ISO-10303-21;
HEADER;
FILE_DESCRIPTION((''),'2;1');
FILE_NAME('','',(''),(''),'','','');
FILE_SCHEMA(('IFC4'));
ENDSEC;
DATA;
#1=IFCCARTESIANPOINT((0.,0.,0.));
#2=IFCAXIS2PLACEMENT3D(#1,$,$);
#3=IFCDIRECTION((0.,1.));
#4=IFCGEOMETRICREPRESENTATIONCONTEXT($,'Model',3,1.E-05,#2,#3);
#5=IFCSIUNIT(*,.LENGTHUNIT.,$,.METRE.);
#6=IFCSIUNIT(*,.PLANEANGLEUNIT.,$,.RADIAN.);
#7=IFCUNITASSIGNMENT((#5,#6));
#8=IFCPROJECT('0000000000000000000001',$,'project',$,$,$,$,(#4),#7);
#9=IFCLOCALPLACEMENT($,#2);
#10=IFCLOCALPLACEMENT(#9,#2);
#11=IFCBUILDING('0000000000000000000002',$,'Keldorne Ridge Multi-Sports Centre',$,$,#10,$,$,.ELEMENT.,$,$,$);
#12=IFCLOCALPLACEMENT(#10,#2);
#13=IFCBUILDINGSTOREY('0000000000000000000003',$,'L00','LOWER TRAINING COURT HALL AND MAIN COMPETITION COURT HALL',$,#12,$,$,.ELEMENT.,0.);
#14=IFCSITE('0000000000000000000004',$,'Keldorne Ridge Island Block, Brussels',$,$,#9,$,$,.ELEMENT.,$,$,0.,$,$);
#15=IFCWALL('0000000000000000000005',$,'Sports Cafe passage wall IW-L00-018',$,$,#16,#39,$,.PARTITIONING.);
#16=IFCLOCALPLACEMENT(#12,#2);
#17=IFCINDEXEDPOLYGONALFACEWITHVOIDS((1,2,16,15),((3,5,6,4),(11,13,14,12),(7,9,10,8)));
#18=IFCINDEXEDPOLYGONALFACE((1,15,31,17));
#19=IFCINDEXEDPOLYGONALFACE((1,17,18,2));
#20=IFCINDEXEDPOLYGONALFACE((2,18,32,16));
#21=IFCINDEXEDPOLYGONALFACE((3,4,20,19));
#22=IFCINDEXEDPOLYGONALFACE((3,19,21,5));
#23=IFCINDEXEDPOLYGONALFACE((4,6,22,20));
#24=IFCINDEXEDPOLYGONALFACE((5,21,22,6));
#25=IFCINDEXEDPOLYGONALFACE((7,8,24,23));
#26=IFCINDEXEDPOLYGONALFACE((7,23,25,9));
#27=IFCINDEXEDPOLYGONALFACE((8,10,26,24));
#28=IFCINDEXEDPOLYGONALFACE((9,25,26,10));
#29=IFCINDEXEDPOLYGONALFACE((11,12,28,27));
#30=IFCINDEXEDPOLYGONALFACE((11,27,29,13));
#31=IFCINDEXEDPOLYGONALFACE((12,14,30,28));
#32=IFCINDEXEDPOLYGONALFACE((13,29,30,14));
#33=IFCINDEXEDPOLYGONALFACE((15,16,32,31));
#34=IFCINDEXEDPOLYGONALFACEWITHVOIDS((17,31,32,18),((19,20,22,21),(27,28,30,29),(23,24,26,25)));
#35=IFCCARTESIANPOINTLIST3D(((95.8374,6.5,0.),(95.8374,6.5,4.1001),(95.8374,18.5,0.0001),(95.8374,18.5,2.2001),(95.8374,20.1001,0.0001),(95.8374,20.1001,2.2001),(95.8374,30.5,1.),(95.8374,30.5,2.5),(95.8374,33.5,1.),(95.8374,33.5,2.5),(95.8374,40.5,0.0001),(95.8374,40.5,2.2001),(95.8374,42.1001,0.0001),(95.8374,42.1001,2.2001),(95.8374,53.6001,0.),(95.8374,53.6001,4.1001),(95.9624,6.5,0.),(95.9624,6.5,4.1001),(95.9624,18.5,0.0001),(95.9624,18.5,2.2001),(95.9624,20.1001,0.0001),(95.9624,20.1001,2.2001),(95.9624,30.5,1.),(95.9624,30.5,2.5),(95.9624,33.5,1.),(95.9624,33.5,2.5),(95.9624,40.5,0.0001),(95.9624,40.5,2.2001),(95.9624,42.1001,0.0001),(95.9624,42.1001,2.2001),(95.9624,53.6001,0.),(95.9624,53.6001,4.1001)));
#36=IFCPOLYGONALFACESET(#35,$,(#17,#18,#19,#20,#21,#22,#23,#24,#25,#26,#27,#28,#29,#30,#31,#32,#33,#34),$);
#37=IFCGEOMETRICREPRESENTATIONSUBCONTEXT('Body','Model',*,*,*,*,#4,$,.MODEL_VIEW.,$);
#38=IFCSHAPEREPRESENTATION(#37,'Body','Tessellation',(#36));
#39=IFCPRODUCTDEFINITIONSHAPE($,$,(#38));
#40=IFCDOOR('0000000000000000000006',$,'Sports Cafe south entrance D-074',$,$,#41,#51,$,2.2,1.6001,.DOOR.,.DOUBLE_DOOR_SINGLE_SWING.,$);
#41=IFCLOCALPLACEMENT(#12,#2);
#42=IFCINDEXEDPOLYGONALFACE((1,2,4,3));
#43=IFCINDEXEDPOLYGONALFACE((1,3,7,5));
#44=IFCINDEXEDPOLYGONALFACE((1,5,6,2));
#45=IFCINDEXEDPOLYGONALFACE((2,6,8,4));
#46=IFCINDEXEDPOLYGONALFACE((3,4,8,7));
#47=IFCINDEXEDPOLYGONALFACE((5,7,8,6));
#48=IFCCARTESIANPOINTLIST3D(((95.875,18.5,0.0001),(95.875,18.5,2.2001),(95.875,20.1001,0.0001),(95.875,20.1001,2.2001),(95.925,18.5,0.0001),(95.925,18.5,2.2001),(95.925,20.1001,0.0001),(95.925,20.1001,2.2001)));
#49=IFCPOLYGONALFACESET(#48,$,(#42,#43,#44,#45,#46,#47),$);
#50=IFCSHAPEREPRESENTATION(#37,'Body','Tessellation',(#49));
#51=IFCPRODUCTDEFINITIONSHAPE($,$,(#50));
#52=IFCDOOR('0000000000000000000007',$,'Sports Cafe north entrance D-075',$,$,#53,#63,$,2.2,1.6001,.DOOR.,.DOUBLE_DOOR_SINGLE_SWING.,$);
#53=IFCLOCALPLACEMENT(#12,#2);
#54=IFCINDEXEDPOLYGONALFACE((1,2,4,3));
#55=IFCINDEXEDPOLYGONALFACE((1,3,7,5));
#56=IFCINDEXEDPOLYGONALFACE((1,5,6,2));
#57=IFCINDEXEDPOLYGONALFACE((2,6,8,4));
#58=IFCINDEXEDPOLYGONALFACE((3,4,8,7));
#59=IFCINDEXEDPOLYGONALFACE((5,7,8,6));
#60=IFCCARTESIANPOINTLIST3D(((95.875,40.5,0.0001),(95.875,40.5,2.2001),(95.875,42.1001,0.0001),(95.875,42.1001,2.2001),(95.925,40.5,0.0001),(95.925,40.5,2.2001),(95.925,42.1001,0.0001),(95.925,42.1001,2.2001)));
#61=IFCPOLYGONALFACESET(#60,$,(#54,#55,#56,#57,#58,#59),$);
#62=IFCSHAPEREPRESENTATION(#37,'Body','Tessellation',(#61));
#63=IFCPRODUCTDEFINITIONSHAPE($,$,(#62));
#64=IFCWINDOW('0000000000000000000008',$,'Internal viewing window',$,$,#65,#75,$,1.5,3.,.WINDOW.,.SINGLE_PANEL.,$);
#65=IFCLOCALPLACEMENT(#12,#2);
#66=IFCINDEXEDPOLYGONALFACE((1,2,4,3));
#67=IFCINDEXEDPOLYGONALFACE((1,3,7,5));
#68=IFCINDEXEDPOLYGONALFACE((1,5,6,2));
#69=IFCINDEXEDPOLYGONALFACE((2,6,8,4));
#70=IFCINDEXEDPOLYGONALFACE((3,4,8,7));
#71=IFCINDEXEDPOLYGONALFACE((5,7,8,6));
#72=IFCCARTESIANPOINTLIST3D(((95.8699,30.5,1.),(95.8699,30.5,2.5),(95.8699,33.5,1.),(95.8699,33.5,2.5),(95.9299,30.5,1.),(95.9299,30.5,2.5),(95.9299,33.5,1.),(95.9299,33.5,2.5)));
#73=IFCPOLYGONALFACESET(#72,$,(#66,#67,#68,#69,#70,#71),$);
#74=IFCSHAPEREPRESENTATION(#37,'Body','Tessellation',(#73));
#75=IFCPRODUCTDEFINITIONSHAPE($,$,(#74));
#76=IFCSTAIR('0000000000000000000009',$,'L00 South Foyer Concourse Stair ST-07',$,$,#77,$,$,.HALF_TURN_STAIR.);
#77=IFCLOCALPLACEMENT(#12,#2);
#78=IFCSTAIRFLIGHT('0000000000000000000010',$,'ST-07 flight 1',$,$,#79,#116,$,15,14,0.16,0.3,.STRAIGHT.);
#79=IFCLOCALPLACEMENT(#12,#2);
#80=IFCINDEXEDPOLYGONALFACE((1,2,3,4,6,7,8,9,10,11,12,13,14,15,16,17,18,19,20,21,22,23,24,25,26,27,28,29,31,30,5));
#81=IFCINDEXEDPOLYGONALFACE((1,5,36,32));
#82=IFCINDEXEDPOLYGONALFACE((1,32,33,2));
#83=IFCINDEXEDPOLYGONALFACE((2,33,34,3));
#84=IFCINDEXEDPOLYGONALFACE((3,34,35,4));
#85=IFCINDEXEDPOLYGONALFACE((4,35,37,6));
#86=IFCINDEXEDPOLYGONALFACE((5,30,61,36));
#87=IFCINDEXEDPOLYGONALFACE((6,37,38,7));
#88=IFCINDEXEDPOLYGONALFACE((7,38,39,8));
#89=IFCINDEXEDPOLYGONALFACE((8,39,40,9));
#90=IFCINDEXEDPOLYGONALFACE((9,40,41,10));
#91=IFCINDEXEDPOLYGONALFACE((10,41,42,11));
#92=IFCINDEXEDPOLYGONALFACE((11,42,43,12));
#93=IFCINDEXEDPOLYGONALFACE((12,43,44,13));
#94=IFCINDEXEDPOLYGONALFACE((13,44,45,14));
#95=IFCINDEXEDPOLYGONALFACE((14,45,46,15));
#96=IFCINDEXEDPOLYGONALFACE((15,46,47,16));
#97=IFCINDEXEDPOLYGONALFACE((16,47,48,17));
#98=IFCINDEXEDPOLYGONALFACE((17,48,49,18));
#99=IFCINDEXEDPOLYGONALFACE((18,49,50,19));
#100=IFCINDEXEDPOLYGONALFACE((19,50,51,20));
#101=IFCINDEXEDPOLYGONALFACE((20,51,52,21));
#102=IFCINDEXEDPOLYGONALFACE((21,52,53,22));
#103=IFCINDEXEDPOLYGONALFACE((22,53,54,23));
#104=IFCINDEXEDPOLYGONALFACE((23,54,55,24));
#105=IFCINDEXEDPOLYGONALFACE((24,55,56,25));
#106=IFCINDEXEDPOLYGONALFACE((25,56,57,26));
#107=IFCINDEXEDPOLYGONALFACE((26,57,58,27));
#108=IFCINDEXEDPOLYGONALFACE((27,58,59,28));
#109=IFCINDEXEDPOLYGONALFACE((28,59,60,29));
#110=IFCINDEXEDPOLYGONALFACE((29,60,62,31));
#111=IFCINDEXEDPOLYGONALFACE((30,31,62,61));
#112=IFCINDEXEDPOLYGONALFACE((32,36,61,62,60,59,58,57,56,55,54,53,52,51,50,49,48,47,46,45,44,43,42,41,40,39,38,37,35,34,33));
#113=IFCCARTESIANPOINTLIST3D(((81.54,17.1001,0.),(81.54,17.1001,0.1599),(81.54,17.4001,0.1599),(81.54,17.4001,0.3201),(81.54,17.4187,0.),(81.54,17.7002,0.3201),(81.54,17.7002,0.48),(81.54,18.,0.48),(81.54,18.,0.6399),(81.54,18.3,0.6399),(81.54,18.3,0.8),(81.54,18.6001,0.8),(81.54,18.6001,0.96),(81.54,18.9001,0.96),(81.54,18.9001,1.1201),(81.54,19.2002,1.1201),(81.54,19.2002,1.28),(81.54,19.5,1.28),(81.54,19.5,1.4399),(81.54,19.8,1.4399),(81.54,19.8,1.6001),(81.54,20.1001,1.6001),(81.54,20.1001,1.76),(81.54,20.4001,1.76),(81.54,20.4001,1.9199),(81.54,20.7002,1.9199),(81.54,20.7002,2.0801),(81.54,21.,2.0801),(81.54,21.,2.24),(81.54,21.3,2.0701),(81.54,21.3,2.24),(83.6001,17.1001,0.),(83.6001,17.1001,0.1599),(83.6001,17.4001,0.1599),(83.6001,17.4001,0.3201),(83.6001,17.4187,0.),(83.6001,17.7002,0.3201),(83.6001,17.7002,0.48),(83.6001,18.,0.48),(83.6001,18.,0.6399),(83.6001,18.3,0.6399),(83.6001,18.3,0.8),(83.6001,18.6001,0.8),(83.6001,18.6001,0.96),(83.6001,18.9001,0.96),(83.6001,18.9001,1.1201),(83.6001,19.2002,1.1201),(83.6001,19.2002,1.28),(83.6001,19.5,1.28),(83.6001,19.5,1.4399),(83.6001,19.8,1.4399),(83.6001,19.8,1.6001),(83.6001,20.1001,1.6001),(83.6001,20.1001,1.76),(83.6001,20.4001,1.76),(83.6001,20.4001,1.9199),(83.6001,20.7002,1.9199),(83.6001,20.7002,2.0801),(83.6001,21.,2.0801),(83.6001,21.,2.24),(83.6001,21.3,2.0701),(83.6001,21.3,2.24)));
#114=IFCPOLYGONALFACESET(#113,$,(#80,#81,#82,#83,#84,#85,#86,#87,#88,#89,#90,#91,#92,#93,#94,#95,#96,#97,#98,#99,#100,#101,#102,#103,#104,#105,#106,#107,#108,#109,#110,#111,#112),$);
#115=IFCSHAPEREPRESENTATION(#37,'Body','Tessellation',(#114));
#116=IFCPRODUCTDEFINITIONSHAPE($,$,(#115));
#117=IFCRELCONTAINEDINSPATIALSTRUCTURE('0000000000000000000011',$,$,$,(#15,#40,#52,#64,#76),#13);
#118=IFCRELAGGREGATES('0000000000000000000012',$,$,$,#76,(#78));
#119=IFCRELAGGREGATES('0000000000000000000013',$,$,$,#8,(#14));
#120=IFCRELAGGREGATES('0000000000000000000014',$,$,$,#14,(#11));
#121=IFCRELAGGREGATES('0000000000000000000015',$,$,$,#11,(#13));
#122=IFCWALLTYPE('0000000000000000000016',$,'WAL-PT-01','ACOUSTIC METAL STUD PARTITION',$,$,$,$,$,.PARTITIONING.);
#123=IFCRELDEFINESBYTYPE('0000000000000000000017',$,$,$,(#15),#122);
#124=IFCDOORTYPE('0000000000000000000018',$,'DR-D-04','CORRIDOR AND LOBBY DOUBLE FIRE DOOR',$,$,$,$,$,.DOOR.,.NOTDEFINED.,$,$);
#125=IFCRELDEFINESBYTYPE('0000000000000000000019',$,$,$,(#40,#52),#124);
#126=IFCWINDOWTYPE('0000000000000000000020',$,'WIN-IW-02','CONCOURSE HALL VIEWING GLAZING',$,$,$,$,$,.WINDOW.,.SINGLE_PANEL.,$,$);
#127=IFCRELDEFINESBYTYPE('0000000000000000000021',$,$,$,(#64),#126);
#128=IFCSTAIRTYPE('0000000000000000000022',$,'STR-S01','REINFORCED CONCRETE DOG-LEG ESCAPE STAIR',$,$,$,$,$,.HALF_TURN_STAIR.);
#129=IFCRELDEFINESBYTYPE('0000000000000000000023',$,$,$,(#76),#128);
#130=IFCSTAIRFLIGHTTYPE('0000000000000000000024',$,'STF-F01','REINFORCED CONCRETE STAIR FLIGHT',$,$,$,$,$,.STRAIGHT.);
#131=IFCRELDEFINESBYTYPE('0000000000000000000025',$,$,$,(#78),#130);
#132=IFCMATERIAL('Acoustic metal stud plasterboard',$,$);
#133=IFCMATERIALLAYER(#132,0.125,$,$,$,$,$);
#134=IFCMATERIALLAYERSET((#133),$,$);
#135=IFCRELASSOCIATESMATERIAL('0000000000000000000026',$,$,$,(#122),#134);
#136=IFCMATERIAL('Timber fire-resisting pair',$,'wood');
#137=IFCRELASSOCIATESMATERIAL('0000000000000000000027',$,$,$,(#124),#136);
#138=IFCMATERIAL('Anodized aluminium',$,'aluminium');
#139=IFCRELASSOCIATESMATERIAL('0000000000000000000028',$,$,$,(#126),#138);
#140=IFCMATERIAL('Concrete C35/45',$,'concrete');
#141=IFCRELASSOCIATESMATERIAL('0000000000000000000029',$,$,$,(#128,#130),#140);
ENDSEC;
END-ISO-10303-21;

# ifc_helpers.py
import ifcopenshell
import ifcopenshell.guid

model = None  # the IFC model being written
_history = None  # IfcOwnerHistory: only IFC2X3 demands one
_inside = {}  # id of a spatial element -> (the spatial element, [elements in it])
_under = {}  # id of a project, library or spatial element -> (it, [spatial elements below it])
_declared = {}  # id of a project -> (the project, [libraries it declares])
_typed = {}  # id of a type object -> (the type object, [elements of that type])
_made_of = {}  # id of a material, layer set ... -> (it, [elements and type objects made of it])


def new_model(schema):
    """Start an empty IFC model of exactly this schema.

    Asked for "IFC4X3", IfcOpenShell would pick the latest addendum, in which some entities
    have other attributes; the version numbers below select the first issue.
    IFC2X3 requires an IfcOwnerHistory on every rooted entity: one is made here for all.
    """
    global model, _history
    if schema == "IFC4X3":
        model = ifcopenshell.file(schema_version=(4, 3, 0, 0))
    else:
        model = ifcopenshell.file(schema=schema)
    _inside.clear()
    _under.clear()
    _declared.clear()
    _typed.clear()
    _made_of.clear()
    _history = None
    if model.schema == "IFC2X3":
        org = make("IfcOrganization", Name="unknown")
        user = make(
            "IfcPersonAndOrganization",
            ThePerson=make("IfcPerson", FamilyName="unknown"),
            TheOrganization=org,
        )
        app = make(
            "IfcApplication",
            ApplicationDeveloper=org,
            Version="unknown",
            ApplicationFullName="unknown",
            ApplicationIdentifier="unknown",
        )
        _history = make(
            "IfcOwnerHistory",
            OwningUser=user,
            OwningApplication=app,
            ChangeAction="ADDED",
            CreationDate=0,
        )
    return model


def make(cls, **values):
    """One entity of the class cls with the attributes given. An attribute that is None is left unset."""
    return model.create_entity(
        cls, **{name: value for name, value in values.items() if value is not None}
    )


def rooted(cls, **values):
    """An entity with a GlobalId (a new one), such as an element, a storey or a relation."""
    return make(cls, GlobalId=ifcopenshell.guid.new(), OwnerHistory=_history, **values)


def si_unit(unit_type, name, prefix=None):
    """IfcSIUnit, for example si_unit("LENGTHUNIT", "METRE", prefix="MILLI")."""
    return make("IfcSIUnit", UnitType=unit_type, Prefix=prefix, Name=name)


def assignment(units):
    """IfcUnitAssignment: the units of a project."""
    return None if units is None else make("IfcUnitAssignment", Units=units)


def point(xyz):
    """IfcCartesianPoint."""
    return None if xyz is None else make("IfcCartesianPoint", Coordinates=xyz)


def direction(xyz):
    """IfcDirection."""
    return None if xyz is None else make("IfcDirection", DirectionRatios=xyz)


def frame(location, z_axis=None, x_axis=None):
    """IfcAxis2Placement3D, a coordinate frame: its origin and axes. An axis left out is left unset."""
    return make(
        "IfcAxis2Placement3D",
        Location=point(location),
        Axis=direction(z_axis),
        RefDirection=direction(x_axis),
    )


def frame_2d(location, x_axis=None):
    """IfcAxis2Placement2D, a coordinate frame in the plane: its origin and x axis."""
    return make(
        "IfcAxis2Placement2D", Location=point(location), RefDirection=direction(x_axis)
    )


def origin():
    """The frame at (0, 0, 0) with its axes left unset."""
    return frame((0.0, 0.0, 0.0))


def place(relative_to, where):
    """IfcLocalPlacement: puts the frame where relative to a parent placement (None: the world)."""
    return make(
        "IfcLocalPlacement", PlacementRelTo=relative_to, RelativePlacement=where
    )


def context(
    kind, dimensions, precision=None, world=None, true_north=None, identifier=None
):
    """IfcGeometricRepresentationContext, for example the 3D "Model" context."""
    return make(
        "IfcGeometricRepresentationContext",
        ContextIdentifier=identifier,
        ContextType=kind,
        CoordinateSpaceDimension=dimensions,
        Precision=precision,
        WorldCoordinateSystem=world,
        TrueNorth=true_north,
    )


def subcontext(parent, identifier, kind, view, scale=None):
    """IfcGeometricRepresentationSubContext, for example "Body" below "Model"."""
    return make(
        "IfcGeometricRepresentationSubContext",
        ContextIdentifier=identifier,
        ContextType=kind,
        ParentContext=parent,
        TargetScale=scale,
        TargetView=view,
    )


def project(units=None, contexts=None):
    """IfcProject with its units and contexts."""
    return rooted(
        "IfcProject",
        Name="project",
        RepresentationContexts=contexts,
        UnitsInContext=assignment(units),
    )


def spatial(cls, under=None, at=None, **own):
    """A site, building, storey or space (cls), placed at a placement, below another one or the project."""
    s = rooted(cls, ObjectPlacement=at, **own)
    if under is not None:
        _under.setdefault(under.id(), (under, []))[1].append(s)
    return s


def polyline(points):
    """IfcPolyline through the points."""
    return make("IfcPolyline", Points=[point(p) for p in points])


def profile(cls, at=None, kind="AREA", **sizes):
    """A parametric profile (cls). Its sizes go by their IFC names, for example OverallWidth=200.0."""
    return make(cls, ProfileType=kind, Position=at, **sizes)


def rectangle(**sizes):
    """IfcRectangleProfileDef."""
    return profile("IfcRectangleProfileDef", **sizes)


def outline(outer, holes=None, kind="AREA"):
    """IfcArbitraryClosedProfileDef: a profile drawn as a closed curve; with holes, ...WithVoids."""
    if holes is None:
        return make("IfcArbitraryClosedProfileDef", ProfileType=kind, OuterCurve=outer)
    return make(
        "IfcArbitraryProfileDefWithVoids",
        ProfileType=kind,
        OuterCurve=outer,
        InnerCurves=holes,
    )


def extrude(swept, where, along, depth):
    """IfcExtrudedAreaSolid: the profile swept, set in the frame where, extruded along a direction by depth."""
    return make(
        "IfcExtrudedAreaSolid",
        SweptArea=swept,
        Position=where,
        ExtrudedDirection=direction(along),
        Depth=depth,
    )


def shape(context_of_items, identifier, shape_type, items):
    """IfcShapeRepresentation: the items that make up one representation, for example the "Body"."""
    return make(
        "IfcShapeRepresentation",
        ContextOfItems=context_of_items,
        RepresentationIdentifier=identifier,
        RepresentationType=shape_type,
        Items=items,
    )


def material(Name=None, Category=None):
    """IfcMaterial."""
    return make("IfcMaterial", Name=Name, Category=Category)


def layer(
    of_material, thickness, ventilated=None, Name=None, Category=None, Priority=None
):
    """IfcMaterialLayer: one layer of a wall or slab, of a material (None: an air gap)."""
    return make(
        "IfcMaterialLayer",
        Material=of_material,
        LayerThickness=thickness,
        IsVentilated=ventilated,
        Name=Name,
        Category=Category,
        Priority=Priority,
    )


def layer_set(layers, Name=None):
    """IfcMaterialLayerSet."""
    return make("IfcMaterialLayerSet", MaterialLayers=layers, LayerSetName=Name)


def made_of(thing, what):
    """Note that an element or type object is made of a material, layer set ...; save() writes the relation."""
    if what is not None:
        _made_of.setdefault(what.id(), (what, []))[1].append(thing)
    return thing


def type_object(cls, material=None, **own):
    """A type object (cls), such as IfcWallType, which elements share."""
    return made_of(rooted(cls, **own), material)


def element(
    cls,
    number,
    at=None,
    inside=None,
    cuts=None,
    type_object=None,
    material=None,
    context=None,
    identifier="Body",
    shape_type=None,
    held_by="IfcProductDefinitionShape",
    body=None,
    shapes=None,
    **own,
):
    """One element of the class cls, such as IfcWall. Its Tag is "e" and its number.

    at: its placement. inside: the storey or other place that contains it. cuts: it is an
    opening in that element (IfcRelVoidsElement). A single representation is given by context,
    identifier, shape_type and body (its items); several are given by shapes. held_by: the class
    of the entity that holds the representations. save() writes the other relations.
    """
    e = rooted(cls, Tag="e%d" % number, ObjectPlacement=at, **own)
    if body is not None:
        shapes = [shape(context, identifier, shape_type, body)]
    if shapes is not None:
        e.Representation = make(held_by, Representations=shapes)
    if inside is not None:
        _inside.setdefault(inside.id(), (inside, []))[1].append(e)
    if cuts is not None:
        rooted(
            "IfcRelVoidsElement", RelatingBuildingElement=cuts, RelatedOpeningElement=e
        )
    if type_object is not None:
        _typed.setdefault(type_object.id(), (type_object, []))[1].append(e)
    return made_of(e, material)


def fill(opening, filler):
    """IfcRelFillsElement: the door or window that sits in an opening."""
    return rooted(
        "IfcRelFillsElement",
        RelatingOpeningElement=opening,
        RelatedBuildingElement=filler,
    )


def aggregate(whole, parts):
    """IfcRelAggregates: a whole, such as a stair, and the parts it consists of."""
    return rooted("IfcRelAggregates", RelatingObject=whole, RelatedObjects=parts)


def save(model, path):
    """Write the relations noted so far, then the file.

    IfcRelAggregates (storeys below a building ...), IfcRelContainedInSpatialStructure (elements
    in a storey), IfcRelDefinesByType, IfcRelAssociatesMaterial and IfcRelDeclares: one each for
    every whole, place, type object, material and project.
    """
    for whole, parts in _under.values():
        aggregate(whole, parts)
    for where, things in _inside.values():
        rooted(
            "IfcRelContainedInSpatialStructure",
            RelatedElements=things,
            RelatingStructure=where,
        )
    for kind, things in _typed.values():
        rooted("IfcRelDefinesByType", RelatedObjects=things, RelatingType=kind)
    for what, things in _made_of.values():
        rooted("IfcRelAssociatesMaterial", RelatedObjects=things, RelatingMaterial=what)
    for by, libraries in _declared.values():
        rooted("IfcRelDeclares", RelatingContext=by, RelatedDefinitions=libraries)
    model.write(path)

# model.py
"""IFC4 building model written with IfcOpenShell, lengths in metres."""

from ifc_helpers import new_model, si_unit, direction, frame, frame_2d, origin, place, context, subcontext, project, spatial, polyline, rectangle, outline, extrude, material, layer, layer_set, type_object, element, fill, aggregate, save


model = new_model("IFC4")

# Units and contexts
model_context = context("Model", 3, precision=1e-05, world=origin(), true_north=direction((0.0, 1.0)))
body_context = subcontext(model_context, "Body", "Model", "MODEL_VIEW")
ifc_project = project(units=[si_unit("LENGTHUNIT", "METRE"), si_unit("PLANEANGLEUNIT", "RADIAN")], contexts=[model_context])

# Site, building, storey
site_placement = place(None, origin())
site = spatial("IfcSite", under=ifc_project, at=site_placement, Name="Keldorne Ridge Island Block, Brussels", CompositionType="ELEMENT", RefElevation=0.0)
building_placement = place(site_placement, origin())
building = spatial("IfcBuilding", under=site, at=building_placement, Name="Keldorne Ridge Multi-Sports Centre", CompositionType="ELEMENT")
storey_placement = place(building_placement, origin())
storey = spatial("IfcBuildingStorey", under=building, at=storey_placement, Name="L00", Description="LOWER TRAINING COURT HALL AND MAIN COMPETITION COURT HALL", CompositionType="ELEMENT", Elevation=0.0)

# Shared definitions
ifc_material_1 = material(Name="Concrete C35/45", Category="concrete")

# Wall, openings, doors, window
ifc_material_2 = material(Name="Acoustic metal stud plasterboard")
ifc_layer_1 = layer(ifc_material_2, 0.125)
ifc_layer_set_1 = layer_set([ifc_layer_1])
wall_type = type_object("IfcWallType", Name="WAL-PT-01", Description="ACOUSTIC METAL STUD PARTITION", PredefinedType="PARTITIONING", material=ifc_layer_set_1)
wall_placement = place(storey_placement, frame((95.8999, 6.5, 0.0), z_axis=(0.0, 0.0, 1.0), x_axis=(0.0, 1.0, 0.0)))
wall = element("IfcWall", 1, at=wall_placement, inside=storey, type_object=wall_type, Name="Sports Cafe passage wall IW-L00-018", PredefinedType="PARTITIONING", context=body_context, shape_type="SweptSolid", body=[
    extrude(rectangle(XDim=47.1001, YDim=0.125, at=frame_2d((23.55, 0.0))), origin(), (0.0, 0.0, 1.0), 4.1001),
])
opening_1_placement = place(wall_placement, frame((12.0, 0.0, 0.0)))
opening_1 = element("IfcOpeningElement", 2, at=opening_1_placement, cuts=wall, PredefinedType="OPENING", context=body_context, shape_type="SweptSolid", body=[
    extrude(rectangle(XDim=1.6001, YDim=2.2, at=frame_2d((0.8, 1.1001))), frame((0.0, 0.0725, 0.0), z_axis=(0.0, -1.0, 0.0), x_axis=(1.0, 0.0, 0.0)), (0.0, 0.0, 1.0), 0.145),
])
opening_2_placement = place(wall_placement, frame((34.0, 0.0, 0.0)))
opening_2 = element("IfcOpeningElement", 3, at=opening_2_placement, cuts=wall, PredefinedType="OPENING", context=body_context, shape_type="SweptSolid", body=[
    extrude(rectangle(XDim=1.6001, YDim=2.2, at=frame_2d((0.8, 1.1001))), frame((0.0, 0.0725, 0.0), z_axis=(0.0, -1.0, 0.0), x_axis=(1.0, 0.0, 0.0)), (0.0, 0.0, 1.0), 0.145),
])
opening_3_placement = place(wall_placement, frame((24.0, 0.0, 1.0)))
opening_3 = element("IfcOpeningElement", 4, at=opening_3_placement, cuts=wall, PredefinedType="OPENING", context=body_context, shape_type="SweptSolid", body=[
    extrude(rectangle(XDim=3.0, YDim=1.5, at=frame_2d((1.5, 0.75))), frame((0.0, 0.0725, 0.0), z_axis=(0.0, -1.0, 0.0), x_axis=(1.0, 0.0, 0.0)), (0.0, 0.0, 1.0), 0.145),
])
ifc_material_3 = material(Name="Timber fire-resisting pair", Category="wood")
door_type = type_object("IfcDoorType", Name="DR-D-04", Description="CORRIDOR AND LOBBY DOUBLE FIRE DOOR", OperationType="NOTDEFINED", PredefinedType="DOOR", material=ifc_material_3)
door_1_placement = place(opening_1_placement, origin())
door_1 = element("IfcDoor", 5, at=door_1_placement, inside=storey, type_object=door_type, Name="Sports Cafe south entrance D-074", OperationType="DOUBLE_DOOR_SINGLE_SWING", OverallHeight=2.2, OverallWidth=1.6001, PredefinedType="DOOR", context=body_context, shape_type="SweptSolid", body=[
    extrude(rectangle(XDim=1.6001, YDim=2.2, at=frame_2d((0.8, 1.1001))), frame((0.0, 0.0249, 0.0), z_axis=(0.0, -1.0, 0.0), x_axis=(1.0, 0.0, 0.0)), (0.0, 0.0, 1.0), 0.05),
])
fill(opening_1, door_1)
door_2_placement = place(opening_2_placement, origin())
door_2 = element("IfcDoor", 6, at=door_2_placement, inside=storey, type_object=door_type, Name="Sports Cafe north entrance D-075", OperationType="DOUBLE_DOOR_SINGLE_SWING", OverallHeight=2.2, OverallWidth=1.6001, PredefinedType="DOOR", context=body_context, shape_type="SweptSolid", body=[
    extrude(rectangle(XDim=1.6001, YDim=2.2, at=frame_2d((0.8, 1.1001))), frame((0.0, 0.0249, 0.0), z_axis=(0.0, -1.0, 0.0), x_axis=(1.0, 0.0, 0.0)), (0.0, 0.0, 1.0), 0.05),
])
fill(opening_2, door_2)
ifc_material_4 = material(Name="Anodized aluminium", Category="aluminium")
window_type = type_object("IfcWindowType", Name="WIN-IW-02", Description="CONCOURSE HALL VIEWING GLAZING", PartitioningType="SINGLE_PANEL", PredefinedType="WINDOW", material=ifc_material_4)
window_placement = place(opening_3_placement, origin())
window = element("IfcWindow", 7, at=window_placement, inside=storey, type_object=window_type, Name="Internal viewing window", OverallHeight=1.5, OverallWidth=3.0, PartitioningType="SINGLE_PANEL", PredefinedType="WINDOW", context=body_context, shape_type="SweptSolid", body=[
    extrude(rectangle(XDim=3.0, YDim=1.5, at=frame_2d((1.5, 0.75))), frame((0.0, 0.03, 0.0), z_axis=(0.0, -1.0, 0.0), x_axis=(1.0, 0.0, 0.0)), (0.0, 0.0, 1.0), 0.0601),
])
fill(opening_3, window)

# Stair, stair flight
stair_type = type_object("IfcStairType", Name="STR-S01", Description="REINFORCED CONCRETE DOG-LEG ESCAPE STAIR", PredefinedType="HALF_TURN_STAIR", material=ifc_material_1)
stair_placement = place(storey_placement, origin())
stair = element("IfcStair", 8, at=stair_placement, inside=storey, type_object=stair_type, Name="L00 South Foyer Concourse Stair ST-07", PredefinedType="HALF_TURN_STAIR")
stair_flight_type = type_object("IfcStairFlightType", Name="STF-F01", Description="REINFORCED CONCRETE STAIR FLIGHT", PredefinedType="STRAIGHT", material=ifc_material_1)
stair_flight_placement = place(storey_placement, frame((82.5701, 17.1001, 0.0), z_axis=(0.0, 0.0, 1.0), x_axis=(0.0, 1.0, 0.0)))
stair_flight = element("IfcStairFlight", 9, at=stair_flight_placement, type_object=stair_flight_type, Name="ST-07 flight 1", NumberOfRisers=15, NumberOfTreads=14, PredefinedType="STRAIGHT", RiserHeight=0.16, TreadLength=0.3, context=body_context, shape_type="SweptSolid", body=[
    extrude(outline(polyline([(0.0, 0.0), (0.0, 0.1599), (0.3, 0.1599), (0.3, 0.3201), (0.6001, 0.3201), (0.6001, 0.48), (0.8999, 0.48), (0.8999, 0.6399), (1.2, 0.6399), (1.2, 0.8), (1.5, 0.8), (1.5, 0.96), (1.8, 0.96), (1.8, 1.1201), (2.1001, 1.1201), (2.1001, 1.28), (2.3999, 1.28), (2.3999, 1.4399), (2.7, 1.4399), (2.7, 1.6001), (3.0, 1.6001), (3.0, 1.76), (3.3, 1.76), (3.3, 1.9199), (3.6001, 1.9199), (3.6001, 2.0801), (3.8999, 2.0801), (3.8999, 2.24), (4.2, 2.24), (4.2, 2.3999), (4.2, 2.0701), (0.3186, 0.0), (0.0, 0.0)])), frame((0.0, 1.03, 0.0), z_axis=(0.0, -1.0, 0.0), x_axis=(1.0, 0.0, 0.0)), (0.0, 0.0, 1.0), 2.0601),
])
aggregate(stair, [stair_flight])

save(model, "model.ifc")
